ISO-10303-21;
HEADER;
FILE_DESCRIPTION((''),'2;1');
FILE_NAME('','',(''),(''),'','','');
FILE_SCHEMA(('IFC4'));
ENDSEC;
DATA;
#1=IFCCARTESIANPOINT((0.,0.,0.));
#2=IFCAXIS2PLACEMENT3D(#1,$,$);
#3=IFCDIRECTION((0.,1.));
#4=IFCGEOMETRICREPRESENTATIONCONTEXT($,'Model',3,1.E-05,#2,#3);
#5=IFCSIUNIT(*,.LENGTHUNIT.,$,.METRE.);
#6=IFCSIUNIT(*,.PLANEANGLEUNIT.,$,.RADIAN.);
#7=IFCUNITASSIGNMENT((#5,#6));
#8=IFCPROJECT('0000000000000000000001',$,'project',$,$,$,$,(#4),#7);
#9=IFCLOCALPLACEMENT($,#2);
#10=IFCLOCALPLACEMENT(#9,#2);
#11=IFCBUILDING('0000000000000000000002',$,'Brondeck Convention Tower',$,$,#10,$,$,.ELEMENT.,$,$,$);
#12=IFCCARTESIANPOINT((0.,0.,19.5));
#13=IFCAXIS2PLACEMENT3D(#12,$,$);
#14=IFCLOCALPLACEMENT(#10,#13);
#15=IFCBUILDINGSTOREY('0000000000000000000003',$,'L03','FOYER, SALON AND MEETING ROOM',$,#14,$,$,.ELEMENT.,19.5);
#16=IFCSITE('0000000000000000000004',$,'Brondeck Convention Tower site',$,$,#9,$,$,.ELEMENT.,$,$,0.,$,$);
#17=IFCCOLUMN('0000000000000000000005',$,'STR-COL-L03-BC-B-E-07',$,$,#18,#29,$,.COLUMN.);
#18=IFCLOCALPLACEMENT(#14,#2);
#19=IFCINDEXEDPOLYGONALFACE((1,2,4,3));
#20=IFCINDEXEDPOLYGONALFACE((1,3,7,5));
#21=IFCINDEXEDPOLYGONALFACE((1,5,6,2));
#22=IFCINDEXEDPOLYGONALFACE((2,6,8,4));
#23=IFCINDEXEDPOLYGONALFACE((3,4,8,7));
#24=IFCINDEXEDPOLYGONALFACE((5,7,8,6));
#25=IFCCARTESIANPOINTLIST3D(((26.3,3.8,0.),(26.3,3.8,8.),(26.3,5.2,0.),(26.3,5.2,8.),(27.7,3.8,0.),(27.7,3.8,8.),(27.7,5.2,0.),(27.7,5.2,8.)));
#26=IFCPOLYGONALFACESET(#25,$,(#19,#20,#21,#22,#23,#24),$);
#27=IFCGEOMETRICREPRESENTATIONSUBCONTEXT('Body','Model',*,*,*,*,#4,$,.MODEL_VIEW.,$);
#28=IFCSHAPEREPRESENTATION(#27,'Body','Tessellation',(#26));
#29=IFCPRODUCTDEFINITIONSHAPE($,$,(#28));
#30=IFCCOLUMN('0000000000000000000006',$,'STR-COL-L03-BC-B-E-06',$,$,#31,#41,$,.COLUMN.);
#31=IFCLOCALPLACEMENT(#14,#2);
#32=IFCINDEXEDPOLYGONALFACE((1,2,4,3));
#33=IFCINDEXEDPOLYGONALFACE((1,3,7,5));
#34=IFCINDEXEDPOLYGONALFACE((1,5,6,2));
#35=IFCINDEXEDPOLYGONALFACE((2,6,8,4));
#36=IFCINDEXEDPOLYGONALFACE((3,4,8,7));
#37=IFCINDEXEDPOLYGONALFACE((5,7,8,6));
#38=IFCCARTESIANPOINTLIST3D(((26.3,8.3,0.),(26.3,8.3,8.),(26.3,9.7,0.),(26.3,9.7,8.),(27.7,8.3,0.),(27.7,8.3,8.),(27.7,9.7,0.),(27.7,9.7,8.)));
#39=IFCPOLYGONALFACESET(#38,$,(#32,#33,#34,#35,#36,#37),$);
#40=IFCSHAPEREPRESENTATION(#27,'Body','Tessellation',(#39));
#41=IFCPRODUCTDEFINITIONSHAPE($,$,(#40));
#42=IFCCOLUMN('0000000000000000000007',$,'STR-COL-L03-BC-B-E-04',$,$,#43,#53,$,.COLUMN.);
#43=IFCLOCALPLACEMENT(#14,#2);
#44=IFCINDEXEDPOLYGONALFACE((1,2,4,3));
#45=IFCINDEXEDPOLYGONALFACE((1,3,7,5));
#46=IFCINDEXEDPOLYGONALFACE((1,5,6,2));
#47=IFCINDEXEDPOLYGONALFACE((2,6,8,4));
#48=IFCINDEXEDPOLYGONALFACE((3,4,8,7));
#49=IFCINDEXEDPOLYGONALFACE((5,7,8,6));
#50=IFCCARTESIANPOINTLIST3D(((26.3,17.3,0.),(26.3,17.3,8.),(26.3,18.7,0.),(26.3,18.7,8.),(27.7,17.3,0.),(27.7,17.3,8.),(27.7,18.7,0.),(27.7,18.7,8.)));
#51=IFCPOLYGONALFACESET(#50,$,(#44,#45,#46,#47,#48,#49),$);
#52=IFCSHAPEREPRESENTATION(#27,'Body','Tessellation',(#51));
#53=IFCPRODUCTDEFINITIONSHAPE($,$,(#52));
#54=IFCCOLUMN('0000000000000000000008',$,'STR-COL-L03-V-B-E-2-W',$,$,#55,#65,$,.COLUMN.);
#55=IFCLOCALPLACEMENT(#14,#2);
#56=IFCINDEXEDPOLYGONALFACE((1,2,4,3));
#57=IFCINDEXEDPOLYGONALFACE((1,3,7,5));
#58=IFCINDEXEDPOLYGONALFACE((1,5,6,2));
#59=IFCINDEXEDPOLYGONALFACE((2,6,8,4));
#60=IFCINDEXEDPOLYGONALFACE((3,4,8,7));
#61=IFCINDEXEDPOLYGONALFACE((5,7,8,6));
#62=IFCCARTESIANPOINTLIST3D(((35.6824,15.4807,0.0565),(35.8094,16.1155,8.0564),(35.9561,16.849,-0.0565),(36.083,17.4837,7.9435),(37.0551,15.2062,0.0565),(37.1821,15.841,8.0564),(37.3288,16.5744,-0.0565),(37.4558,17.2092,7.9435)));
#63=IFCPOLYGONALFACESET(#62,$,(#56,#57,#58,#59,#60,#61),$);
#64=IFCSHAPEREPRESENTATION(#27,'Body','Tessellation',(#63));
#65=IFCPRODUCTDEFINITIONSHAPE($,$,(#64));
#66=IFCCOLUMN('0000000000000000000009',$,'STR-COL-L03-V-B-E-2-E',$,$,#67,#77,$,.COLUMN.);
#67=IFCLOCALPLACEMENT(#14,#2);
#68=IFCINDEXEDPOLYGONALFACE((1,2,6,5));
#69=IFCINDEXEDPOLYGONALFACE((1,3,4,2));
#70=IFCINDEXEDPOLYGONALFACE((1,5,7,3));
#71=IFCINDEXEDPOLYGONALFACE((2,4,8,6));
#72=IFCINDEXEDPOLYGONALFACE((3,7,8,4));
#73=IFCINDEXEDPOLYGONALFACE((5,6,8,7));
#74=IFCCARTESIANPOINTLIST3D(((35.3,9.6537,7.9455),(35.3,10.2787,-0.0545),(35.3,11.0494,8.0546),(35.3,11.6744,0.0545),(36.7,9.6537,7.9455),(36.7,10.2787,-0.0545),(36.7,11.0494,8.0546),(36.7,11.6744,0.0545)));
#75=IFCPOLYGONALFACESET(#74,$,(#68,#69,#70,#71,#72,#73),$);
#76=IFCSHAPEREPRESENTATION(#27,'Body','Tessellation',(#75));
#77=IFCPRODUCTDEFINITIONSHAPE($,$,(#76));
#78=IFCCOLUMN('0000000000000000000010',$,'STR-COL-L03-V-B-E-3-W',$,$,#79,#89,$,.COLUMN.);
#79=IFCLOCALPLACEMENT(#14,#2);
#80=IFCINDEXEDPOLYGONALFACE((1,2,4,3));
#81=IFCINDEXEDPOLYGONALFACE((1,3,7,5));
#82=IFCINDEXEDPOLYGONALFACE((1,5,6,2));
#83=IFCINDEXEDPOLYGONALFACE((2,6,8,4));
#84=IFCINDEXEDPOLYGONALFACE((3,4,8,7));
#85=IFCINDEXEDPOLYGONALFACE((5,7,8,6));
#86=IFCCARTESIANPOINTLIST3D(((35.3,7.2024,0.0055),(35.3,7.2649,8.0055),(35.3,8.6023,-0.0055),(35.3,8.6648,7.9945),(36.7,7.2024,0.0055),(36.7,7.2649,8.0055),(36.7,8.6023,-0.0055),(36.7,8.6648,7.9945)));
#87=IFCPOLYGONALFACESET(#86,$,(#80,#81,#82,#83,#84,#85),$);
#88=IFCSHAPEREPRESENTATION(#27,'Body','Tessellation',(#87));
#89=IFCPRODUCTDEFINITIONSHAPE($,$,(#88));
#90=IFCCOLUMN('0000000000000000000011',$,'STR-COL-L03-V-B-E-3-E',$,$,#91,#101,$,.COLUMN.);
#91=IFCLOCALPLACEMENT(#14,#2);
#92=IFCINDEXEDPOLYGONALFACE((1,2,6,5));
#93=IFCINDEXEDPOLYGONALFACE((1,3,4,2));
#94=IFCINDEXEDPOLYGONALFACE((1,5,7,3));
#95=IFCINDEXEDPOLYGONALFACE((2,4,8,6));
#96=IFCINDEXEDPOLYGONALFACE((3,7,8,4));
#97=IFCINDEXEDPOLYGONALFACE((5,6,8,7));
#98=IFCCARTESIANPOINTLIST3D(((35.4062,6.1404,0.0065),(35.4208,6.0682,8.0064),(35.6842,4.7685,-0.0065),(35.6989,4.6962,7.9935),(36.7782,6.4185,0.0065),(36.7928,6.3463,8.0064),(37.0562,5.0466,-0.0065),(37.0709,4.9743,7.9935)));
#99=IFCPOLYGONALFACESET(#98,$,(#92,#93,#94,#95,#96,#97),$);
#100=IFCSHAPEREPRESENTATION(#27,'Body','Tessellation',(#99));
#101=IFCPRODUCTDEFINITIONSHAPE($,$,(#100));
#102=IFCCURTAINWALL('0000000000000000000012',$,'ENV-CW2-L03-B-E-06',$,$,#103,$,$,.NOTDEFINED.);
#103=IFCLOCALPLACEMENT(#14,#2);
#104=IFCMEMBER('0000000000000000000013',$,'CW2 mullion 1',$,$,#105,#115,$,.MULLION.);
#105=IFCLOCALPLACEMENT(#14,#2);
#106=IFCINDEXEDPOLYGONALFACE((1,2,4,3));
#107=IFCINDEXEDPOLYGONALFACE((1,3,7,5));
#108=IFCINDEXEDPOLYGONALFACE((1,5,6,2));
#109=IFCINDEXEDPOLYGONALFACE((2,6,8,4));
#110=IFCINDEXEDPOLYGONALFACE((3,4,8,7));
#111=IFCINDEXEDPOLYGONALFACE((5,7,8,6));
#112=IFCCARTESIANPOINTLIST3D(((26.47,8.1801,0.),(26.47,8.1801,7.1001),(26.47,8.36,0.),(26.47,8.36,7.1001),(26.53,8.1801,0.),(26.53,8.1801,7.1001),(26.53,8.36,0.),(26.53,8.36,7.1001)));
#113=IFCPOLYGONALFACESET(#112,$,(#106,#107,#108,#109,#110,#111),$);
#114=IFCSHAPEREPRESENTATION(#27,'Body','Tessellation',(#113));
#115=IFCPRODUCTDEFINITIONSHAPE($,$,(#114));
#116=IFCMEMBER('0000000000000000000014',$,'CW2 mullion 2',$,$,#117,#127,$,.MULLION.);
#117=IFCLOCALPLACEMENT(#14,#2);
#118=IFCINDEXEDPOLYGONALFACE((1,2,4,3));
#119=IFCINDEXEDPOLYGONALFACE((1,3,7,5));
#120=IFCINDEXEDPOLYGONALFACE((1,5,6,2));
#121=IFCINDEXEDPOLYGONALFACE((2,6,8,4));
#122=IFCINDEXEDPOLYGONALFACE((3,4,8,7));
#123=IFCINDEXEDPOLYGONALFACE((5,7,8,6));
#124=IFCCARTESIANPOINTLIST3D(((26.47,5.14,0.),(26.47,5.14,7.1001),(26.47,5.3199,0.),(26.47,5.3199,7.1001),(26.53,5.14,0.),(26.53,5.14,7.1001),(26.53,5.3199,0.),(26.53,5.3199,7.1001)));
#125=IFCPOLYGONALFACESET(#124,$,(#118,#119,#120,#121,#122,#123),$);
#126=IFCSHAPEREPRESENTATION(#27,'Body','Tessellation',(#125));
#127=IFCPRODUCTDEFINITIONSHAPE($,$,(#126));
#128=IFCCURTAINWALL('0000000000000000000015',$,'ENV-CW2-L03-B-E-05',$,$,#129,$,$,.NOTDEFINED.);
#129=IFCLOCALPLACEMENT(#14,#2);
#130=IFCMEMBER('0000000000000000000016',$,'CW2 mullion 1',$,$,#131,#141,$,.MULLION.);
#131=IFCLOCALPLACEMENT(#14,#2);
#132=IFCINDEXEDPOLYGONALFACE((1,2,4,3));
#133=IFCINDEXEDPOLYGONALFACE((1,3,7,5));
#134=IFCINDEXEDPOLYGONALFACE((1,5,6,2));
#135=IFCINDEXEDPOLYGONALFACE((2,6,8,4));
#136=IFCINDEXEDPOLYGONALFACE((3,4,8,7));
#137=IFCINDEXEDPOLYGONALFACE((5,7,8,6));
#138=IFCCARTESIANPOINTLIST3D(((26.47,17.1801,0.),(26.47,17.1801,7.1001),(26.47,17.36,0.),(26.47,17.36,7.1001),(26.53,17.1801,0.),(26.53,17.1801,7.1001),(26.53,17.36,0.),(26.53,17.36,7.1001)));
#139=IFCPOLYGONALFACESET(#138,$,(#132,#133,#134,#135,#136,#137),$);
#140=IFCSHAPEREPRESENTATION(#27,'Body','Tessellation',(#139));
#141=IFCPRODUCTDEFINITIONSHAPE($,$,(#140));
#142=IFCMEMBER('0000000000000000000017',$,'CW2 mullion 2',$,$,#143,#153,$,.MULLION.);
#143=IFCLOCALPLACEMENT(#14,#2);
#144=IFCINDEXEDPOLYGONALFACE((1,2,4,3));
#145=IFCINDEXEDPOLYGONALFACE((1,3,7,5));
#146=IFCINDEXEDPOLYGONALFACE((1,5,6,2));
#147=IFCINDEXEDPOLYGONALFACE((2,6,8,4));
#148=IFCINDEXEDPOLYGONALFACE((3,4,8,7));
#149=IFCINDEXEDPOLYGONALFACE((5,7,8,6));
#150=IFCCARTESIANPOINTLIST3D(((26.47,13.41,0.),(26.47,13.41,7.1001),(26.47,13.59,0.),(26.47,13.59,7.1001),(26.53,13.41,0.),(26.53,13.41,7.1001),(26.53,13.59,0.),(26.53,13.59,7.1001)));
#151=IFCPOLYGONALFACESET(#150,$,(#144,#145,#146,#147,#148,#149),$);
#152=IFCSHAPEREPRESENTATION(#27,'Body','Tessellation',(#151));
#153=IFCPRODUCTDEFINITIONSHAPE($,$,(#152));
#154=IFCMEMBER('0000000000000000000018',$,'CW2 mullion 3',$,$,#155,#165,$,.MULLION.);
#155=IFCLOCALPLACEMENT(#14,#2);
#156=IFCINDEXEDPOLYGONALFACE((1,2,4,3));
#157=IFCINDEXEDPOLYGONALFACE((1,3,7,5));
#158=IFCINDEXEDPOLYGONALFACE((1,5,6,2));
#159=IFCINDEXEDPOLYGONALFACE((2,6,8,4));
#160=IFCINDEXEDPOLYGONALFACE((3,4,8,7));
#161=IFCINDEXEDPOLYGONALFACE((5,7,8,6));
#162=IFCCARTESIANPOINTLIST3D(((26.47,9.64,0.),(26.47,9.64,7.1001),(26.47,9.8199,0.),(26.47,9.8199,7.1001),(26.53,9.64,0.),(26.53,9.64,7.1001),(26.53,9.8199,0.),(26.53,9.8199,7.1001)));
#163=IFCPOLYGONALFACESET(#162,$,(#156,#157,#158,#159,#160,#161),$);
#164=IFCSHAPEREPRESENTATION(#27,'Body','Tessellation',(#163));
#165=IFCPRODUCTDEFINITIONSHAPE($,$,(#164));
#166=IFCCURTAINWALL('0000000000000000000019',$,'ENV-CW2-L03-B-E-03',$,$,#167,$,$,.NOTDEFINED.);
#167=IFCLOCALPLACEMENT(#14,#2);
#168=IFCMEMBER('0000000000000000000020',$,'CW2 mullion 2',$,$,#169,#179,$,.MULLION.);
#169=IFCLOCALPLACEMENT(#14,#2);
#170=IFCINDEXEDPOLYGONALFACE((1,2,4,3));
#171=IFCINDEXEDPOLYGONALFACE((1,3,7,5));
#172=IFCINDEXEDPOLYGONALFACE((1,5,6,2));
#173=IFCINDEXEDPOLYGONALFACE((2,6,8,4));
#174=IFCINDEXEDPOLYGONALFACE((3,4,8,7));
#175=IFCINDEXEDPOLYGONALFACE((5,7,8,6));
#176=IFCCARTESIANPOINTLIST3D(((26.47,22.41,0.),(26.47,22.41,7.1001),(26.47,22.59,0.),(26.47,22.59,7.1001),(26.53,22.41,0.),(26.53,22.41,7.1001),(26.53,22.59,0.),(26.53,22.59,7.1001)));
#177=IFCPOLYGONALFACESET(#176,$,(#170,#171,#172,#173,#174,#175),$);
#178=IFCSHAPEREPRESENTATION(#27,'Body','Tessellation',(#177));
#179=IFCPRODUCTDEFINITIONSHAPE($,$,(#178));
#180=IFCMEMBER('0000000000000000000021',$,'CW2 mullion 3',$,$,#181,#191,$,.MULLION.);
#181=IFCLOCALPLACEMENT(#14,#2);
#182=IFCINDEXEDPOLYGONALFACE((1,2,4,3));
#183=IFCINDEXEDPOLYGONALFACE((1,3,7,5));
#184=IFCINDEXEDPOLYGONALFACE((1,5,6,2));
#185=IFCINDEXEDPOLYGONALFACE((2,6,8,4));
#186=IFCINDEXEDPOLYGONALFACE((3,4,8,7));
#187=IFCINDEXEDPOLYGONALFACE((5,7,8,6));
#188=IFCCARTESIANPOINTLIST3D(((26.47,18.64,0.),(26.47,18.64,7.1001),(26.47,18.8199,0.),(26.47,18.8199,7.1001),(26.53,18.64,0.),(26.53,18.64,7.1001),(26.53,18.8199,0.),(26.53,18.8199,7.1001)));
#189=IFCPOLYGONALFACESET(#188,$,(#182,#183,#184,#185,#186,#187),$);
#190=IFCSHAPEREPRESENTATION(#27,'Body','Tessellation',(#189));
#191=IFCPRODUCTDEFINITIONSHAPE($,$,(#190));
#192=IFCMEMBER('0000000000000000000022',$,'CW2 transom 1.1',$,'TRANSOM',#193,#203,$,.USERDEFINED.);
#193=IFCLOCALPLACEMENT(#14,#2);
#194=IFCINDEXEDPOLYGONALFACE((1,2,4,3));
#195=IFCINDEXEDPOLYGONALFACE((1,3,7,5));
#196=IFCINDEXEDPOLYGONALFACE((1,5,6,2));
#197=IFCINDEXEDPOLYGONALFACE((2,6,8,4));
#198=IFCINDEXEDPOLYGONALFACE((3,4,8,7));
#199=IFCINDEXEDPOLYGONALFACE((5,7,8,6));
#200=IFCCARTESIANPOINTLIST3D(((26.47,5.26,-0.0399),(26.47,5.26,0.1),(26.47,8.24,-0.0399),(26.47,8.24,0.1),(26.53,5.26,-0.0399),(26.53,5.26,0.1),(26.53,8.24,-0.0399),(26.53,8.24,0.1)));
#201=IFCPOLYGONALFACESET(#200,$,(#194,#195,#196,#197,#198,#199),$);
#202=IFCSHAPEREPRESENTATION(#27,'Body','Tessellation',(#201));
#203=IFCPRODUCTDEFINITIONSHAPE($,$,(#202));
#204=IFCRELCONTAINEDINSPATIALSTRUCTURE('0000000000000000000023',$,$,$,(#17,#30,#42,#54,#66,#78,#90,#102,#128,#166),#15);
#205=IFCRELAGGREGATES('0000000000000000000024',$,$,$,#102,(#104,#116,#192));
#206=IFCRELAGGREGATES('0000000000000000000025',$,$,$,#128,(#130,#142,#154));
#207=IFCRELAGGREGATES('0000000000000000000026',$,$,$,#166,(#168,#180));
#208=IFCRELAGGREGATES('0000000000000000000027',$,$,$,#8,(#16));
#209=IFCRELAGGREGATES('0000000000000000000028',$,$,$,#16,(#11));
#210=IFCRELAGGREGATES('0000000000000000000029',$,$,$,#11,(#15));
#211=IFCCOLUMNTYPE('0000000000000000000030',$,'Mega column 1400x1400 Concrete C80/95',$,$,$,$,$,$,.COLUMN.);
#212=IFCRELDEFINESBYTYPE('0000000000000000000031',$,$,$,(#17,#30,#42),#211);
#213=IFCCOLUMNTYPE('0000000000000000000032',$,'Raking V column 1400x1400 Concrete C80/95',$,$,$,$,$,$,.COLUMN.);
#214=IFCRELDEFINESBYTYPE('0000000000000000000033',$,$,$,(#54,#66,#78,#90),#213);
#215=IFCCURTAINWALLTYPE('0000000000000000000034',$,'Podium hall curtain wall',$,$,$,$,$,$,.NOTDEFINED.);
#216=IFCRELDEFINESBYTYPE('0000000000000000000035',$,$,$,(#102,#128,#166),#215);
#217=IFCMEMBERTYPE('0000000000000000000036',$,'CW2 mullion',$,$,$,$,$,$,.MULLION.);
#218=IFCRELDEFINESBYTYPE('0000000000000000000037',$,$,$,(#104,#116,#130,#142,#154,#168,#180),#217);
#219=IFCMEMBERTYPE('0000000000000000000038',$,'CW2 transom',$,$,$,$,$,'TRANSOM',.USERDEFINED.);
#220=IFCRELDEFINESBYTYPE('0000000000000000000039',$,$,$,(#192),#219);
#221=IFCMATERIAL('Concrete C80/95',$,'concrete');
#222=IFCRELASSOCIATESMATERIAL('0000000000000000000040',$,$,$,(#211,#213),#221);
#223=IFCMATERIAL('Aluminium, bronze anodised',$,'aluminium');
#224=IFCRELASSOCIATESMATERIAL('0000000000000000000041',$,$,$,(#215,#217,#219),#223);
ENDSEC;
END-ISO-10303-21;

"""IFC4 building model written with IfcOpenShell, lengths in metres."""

from ifc_helpers import new_model, si_unit, direction, frame, origin, origin_2d, place, context, subcontext, project, spatial, rectangle, extrude, material, material_profile, profile_set, type_object, element, aggregate, save


model = new_model("IFC4")

# Units and contexts
model_context = context("Model", 3, precision=1e-05, world=origin(), true_north=direction((0.0, 1.0)))
body_context = subcontext(model_context, "Body", "Model", "MODEL_VIEW")
ifc_project = project(units=[si_unit("LENGTHUNIT", "METRE"), si_unit("PLANEANGLEUNIT", "RADIAN")], contexts=[model_context])

# Site, building, storey
site_placement = place(None, origin())
site = spatial("IfcSite", under=ifc_project, at=site_placement, Name="Brondeck Convention Tower site", CompositionType="ELEMENT", RefElevation=0.0)
building_placement = place(site_placement, origin())
building = spatial("IfcBuilding", under=site, at=building_placement, Name="Brondeck Convention Tower", CompositionType="ELEMENT")
storey_placement = place(building_placement, frame((0.0, 0.0, 19.5)))
storey = spatial("IfcBuildingStorey", under=building, at=storey_placement, Name="L03", Description="FOYER, SALON AND MEETING ROOM", CompositionType="ELEMENT", Elevation=19.5)

# Columns
ifc_material_1 = material(Name="Concrete C80/95", Category="concrete")
ifc_material_profile_1 = material_profile(ifc_material_1, rectangle(XDim=1.3999, YDim=1.3999, at=origin_2d()), Name="Mega column 1400x1400 Concrete C80/95")
ifc_profile_set_1 = profile_set([ifc_material_profile_1], Name="Concrete C80/95")
column_type_1 = type_object("IfcColumnType", Name="Mega column 1400x1400 Concrete C80/95", PredefinedType="COLUMN", material=ifc_profile_set_1)
for number, where, z_axis, x_axis, name in (
    (1, (27.0, 4.5, 0.0), (0.0, 0.0, 1.0), (1.0, 0.0, 0.0), "STR-COL-L03-BC-B-E-07"),
    (2, (27.0, 9.0, 0.0), (0.0, 0.0, 1.0), (1.0, 0.0, 0.0), "STR-COL-L03-BC-B-E-06"),
    (3, (27.0, 18.0, 0.0), (0.0, 0.0, 1.0), (1.0, 0.0, 0.0), "STR-COL-L03-BC-B-E-04"),
):
    element("IfcColumn", number, at=place(storey_placement, frame(where, z_axis=z_axis, x_axis=x_axis)), inside=storey, type_object=column_type_1, Name=name, PredefinedType="COLUMN", context=body_context, shape_type="SweptSolid", body=[
        extrude(rectangle(XDim=1.3999, YDim=1.3999, at=origin_2d()), origin(), (0.0, 0.0, 1.0), 8.0),
    ])
ifc_material_profile_2 = material_profile(ifc_material_1, rectangle(XDim=1.3999, YDim=1.3999, at=origin_2d()), Name="Raking V column 1400x1400 Concrete C80/95")
ifc_profile_set_2 = profile_set([ifc_material_profile_2], Name="Concrete C80/95")
column_type_2 = type_object("IfcColumnType", Name="Raking V column 1400x1400 Concrete C80/95", PredefinedType="COLUMN", material=ifc_profile_set_2)
column_1_placement = place(storey_placement, frame((36.5056, 16.0276, 0.0), z_axis=(0.015817, 0.079087, 0.996742), x_axis=(-0.980581, 0.196116, 0.0)))
element("IfcColumn", 4, at=column_1_placement, inside=storey, type_object=column_type_2, Name="STR-COL-L03-V-B-E-2-W", PredefinedType="COLUMN", context=body_context, shape_type="SweptSolid", body=[
    extrude(rectangle(XDim=1.3999, YDim=1.3999, at=origin_2d()), origin(), (0.0, 0.0, 1.0), 8.0261),
])
column_2_placement = place(storey_placement, frame((36.0, 10.9766, 0.0), z_axis=(0.0, -0.077888, 0.996962), x_axis=(1.0, 0.0, 0.0)))
element("IfcColumn", 5, at=column_2_placement, inside=storey, type_object=column_type_2, Name="STR-COL-L03-V-B-E-2-E", PredefinedType="COLUMN", context=body_context, shape_type="SweptSolid", body=[
    extrude(rectangle(XDim=1.3999, YDim=1.3999, at=origin_2d()), origin(), (0.0, 0.0, 1.0), 8.0244),
])
for number, where, z_axis, x_axis, name in (
    (6, (36.0, 7.9023, 0.0), (0.0, 0.007812, 0.999969), (-1.0, 0.0, 0.0), "STR-COL-L03-V-B-E-3-W"),
    (7, (36.2312, 5.5935, 0.0), (0.001831, -0.009033, 0.999958), (0.980068, 0.198662, 0.0), "STR-COL-L03-V-B-E-3-E"),
):
    element("IfcColumn", number, at=place(storey_placement, frame(where, z_axis=z_axis, x_axis=x_axis)), inside=storey, type_object=column_type_2, Name=name, PredefinedType="COLUMN", context=body_context, shape_type="SweptSolid", body=[
        extrude(rectangle(XDim=1.3999, YDim=1.3999, at=origin_2d()), origin(), (0.0, 0.0, 1.0), 8.0002),
    ])

# Curtain walls, members
ifc_material_2 = material(Name="Aluminium, bronze anodised", Category="aluminium")
curtain_wall_type = type_object("IfcCurtainWallType", Name="Podium hall curtain wall", PredefinedType="NOTDEFINED", material=ifc_material_2)
curtain_wall_1_placement = place(storey_placement, origin())
curtain_wall_1 = element("IfcCurtainWall", 8, at=curtain_wall_1_placement, inside=storey, type_object=curtain_wall_type, Name="ENV-CW2-L03-B-E-06", PredefinedType="NOTDEFINED")
ifc_material_profile_3 = material_profile(ifc_material_2, rectangle(XDim=0.0601, YDim=0.1799, at=origin_2d()), Name="CW2 mullion")
ifc_profile_set_3 = profile_set([ifc_material_profile_3], Name="Aluminium, bronze anodised")
member_type_1 = type_object("IfcMemberType", Name="CW2 mullion", PredefinedType="MULLION", material=ifc_profile_set_3)
member_1_placement = place(storey_placement, frame((26.5, 8.27, 0.0), z_axis=(0.0, 0.0, 1.0), x_axis=(1.0, 0.0, 0.0)))
member_1 = element("IfcMember", 9, at=member_1_placement, type_object=member_type_1, Name="CW2 mullion 1", PredefinedType="MULLION", context=body_context, shape_type="SweptSolid", body=[
    extrude(rectangle(XDim=0.0601, YDim=0.1799, at=origin_2d()), origin(), (0.0, 0.0, 1.0), 7.1001),
])
member_2_placement = place(storey_placement, frame((26.5, 5.23, 0.0), z_axis=(0.0, 0.0, 1.0), x_axis=(1.0, 0.0, 0.0)))
member_2 = element("IfcMember", 10, at=member_2_placement, type_object=member_type_1, Name="CW2 mullion 2", PredefinedType="MULLION", context=body_context, shape_type="SweptSolid", body=[
    extrude(rectangle(XDim=0.0601, YDim=0.1799, at=origin_2d()), origin(), (0.0, 0.0, 1.0), 7.1001),
])
curtain_wall_2_placement = place(storey_placement, origin())
curtain_wall_2 = element("IfcCurtainWall", 11, at=curtain_wall_2_placement, inside=storey, type_object=curtain_wall_type, Name="ENV-CW2-L03-B-E-05", PredefinedType="NOTDEFINED")
member_3_placement = place(storey_placement, frame((26.5, 17.27, 0.0), z_axis=(0.0, 0.0, 1.0), x_axis=(1.0, 0.0, 0.0)))
member_3 = element("IfcMember", 12, at=member_3_placement, type_object=member_type_1, Name="CW2 mullion 1", PredefinedType="MULLION", context=body_context, shape_type="SweptSolid", body=[
    extrude(rectangle(XDim=0.0601, YDim=0.1799, at=origin_2d()), origin(), (0.0, 0.0, 1.0), 7.1001),
])
member_4_placement = place(storey_placement, frame((26.5, 13.5, 0.0), z_axis=(0.0, 0.0, 1.0), x_axis=(1.0, 0.0, 0.0)))
member_4 = element("IfcMember", 13, at=member_4_placement, type_object=member_type_1, Name="CW2 mullion 2", PredefinedType="MULLION", context=body_context, shape_type="SweptSolid", body=[
    extrude(rectangle(XDim=0.0601, YDim=0.1799, at=origin_2d()), origin(), (0.0, 0.0, 1.0), 7.1001),
])
member_5_placement = place(storey_placement, frame((26.5, 9.73, 0.0), z_axis=(0.0, 0.0, 1.0), x_axis=(1.0, 0.0, 0.0)))
member_5 = element("IfcMember", 14, at=member_5_placement, type_object=member_type_1, Name="CW2 mullion 3", PredefinedType="MULLION", context=body_context, shape_type="SweptSolid", body=[
    extrude(rectangle(XDim=0.0601, YDim=0.1799, at=origin_2d()), origin(), (0.0, 0.0, 1.0), 7.1001),
])
curtain_wall_3_placement = place(storey_placement, origin())
curtain_wall_3 = element("IfcCurtainWall", 15, at=curtain_wall_3_placement, inside=storey, type_object=curtain_wall_type, Name="ENV-CW2-L03-B-E-03", PredefinedType="NOTDEFINED")
member_6_placement = place(storey_placement, frame((26.5, 22.5, 0.0), z_axis=(0.0, 0.0, 1.0), x_axis=(1.0, 0.0, 0.0)))
member_6 = element("IfcMember", 16, at=member_6_placement, type_object=member_type_1, Name="CW2 mullion 2", PredefinedType="MULLION", context=body_context, shape_type="SweptSolid", body=[
    extrude(rectangle(XDim=0.0601, YDim=0.1799, at=origin_2d()), origin(), (0.0, 0.0, 1.0), 7.1001),
])
member_7_placement = place(storey_placement, frame((26.5, 18.73, 0.0), z_axis=(0.0, 0.0, 1.0), x_axis=(1.0, 0.0, 0.0)))
member_7 = element("IfcMember", 17, at=member_7_placement, type_object=member_type_1, Name="CW2 mullion 3", PredefinedType="MULLION", context=body_context, shape_type="SweptSolid", body=[
    extrude(rectangle(XDim=0.0601, YDim=0.1799, at=origin_2d()), origin(), (0.0, 0.0, 1.0), 7.1001),
])

# Member
ifc_material_profile_4 = material_profile(ifc_material_2, rectangle(XDim=0.0601, YDim=0.1399, at=origin_2d()), Name="CW2 transom")
ifc_profile_set_4 = profile_set([ifc_material_profile_4], Name="Aluminium, bronze anodised")
member_type_2 = type_object("IfcMemberType", Name="CW2 transom", ElementType="TRANSOM", PredefinedType="USERDEFINED", material=ifc_profile_set_4)
member_8_placement = place(storey_placement, frame((26.5, 8.24, 0.03), z_axis=(0.0, -1.0, 0.0), x_axis=(1.0, 0.0, 0.0)))
member_8 = element("IfcMember", 18, at=member_8_placement, type_object=member_type_2, Name="CW2 transom 1.1", ObjectType="TRANSOM", PredefinedType="USERDEFINED", context=body_context, shape_type="SweptSolid", body=[
    extrude(rectangle(XDim=0.0601, YDim=0.1399, at=origin_2d()), origin(), (0.0, 0.0, 1.0), 2.98),
])

aggregate(curtain_wall_1, [member_1, member_2, member_8])
aggregate(curtain_wall_2, [member_3, member_4, member_5])
aggregate(curtain_wall_3, [member_6, member_7])

save(model, "model.ifc")
